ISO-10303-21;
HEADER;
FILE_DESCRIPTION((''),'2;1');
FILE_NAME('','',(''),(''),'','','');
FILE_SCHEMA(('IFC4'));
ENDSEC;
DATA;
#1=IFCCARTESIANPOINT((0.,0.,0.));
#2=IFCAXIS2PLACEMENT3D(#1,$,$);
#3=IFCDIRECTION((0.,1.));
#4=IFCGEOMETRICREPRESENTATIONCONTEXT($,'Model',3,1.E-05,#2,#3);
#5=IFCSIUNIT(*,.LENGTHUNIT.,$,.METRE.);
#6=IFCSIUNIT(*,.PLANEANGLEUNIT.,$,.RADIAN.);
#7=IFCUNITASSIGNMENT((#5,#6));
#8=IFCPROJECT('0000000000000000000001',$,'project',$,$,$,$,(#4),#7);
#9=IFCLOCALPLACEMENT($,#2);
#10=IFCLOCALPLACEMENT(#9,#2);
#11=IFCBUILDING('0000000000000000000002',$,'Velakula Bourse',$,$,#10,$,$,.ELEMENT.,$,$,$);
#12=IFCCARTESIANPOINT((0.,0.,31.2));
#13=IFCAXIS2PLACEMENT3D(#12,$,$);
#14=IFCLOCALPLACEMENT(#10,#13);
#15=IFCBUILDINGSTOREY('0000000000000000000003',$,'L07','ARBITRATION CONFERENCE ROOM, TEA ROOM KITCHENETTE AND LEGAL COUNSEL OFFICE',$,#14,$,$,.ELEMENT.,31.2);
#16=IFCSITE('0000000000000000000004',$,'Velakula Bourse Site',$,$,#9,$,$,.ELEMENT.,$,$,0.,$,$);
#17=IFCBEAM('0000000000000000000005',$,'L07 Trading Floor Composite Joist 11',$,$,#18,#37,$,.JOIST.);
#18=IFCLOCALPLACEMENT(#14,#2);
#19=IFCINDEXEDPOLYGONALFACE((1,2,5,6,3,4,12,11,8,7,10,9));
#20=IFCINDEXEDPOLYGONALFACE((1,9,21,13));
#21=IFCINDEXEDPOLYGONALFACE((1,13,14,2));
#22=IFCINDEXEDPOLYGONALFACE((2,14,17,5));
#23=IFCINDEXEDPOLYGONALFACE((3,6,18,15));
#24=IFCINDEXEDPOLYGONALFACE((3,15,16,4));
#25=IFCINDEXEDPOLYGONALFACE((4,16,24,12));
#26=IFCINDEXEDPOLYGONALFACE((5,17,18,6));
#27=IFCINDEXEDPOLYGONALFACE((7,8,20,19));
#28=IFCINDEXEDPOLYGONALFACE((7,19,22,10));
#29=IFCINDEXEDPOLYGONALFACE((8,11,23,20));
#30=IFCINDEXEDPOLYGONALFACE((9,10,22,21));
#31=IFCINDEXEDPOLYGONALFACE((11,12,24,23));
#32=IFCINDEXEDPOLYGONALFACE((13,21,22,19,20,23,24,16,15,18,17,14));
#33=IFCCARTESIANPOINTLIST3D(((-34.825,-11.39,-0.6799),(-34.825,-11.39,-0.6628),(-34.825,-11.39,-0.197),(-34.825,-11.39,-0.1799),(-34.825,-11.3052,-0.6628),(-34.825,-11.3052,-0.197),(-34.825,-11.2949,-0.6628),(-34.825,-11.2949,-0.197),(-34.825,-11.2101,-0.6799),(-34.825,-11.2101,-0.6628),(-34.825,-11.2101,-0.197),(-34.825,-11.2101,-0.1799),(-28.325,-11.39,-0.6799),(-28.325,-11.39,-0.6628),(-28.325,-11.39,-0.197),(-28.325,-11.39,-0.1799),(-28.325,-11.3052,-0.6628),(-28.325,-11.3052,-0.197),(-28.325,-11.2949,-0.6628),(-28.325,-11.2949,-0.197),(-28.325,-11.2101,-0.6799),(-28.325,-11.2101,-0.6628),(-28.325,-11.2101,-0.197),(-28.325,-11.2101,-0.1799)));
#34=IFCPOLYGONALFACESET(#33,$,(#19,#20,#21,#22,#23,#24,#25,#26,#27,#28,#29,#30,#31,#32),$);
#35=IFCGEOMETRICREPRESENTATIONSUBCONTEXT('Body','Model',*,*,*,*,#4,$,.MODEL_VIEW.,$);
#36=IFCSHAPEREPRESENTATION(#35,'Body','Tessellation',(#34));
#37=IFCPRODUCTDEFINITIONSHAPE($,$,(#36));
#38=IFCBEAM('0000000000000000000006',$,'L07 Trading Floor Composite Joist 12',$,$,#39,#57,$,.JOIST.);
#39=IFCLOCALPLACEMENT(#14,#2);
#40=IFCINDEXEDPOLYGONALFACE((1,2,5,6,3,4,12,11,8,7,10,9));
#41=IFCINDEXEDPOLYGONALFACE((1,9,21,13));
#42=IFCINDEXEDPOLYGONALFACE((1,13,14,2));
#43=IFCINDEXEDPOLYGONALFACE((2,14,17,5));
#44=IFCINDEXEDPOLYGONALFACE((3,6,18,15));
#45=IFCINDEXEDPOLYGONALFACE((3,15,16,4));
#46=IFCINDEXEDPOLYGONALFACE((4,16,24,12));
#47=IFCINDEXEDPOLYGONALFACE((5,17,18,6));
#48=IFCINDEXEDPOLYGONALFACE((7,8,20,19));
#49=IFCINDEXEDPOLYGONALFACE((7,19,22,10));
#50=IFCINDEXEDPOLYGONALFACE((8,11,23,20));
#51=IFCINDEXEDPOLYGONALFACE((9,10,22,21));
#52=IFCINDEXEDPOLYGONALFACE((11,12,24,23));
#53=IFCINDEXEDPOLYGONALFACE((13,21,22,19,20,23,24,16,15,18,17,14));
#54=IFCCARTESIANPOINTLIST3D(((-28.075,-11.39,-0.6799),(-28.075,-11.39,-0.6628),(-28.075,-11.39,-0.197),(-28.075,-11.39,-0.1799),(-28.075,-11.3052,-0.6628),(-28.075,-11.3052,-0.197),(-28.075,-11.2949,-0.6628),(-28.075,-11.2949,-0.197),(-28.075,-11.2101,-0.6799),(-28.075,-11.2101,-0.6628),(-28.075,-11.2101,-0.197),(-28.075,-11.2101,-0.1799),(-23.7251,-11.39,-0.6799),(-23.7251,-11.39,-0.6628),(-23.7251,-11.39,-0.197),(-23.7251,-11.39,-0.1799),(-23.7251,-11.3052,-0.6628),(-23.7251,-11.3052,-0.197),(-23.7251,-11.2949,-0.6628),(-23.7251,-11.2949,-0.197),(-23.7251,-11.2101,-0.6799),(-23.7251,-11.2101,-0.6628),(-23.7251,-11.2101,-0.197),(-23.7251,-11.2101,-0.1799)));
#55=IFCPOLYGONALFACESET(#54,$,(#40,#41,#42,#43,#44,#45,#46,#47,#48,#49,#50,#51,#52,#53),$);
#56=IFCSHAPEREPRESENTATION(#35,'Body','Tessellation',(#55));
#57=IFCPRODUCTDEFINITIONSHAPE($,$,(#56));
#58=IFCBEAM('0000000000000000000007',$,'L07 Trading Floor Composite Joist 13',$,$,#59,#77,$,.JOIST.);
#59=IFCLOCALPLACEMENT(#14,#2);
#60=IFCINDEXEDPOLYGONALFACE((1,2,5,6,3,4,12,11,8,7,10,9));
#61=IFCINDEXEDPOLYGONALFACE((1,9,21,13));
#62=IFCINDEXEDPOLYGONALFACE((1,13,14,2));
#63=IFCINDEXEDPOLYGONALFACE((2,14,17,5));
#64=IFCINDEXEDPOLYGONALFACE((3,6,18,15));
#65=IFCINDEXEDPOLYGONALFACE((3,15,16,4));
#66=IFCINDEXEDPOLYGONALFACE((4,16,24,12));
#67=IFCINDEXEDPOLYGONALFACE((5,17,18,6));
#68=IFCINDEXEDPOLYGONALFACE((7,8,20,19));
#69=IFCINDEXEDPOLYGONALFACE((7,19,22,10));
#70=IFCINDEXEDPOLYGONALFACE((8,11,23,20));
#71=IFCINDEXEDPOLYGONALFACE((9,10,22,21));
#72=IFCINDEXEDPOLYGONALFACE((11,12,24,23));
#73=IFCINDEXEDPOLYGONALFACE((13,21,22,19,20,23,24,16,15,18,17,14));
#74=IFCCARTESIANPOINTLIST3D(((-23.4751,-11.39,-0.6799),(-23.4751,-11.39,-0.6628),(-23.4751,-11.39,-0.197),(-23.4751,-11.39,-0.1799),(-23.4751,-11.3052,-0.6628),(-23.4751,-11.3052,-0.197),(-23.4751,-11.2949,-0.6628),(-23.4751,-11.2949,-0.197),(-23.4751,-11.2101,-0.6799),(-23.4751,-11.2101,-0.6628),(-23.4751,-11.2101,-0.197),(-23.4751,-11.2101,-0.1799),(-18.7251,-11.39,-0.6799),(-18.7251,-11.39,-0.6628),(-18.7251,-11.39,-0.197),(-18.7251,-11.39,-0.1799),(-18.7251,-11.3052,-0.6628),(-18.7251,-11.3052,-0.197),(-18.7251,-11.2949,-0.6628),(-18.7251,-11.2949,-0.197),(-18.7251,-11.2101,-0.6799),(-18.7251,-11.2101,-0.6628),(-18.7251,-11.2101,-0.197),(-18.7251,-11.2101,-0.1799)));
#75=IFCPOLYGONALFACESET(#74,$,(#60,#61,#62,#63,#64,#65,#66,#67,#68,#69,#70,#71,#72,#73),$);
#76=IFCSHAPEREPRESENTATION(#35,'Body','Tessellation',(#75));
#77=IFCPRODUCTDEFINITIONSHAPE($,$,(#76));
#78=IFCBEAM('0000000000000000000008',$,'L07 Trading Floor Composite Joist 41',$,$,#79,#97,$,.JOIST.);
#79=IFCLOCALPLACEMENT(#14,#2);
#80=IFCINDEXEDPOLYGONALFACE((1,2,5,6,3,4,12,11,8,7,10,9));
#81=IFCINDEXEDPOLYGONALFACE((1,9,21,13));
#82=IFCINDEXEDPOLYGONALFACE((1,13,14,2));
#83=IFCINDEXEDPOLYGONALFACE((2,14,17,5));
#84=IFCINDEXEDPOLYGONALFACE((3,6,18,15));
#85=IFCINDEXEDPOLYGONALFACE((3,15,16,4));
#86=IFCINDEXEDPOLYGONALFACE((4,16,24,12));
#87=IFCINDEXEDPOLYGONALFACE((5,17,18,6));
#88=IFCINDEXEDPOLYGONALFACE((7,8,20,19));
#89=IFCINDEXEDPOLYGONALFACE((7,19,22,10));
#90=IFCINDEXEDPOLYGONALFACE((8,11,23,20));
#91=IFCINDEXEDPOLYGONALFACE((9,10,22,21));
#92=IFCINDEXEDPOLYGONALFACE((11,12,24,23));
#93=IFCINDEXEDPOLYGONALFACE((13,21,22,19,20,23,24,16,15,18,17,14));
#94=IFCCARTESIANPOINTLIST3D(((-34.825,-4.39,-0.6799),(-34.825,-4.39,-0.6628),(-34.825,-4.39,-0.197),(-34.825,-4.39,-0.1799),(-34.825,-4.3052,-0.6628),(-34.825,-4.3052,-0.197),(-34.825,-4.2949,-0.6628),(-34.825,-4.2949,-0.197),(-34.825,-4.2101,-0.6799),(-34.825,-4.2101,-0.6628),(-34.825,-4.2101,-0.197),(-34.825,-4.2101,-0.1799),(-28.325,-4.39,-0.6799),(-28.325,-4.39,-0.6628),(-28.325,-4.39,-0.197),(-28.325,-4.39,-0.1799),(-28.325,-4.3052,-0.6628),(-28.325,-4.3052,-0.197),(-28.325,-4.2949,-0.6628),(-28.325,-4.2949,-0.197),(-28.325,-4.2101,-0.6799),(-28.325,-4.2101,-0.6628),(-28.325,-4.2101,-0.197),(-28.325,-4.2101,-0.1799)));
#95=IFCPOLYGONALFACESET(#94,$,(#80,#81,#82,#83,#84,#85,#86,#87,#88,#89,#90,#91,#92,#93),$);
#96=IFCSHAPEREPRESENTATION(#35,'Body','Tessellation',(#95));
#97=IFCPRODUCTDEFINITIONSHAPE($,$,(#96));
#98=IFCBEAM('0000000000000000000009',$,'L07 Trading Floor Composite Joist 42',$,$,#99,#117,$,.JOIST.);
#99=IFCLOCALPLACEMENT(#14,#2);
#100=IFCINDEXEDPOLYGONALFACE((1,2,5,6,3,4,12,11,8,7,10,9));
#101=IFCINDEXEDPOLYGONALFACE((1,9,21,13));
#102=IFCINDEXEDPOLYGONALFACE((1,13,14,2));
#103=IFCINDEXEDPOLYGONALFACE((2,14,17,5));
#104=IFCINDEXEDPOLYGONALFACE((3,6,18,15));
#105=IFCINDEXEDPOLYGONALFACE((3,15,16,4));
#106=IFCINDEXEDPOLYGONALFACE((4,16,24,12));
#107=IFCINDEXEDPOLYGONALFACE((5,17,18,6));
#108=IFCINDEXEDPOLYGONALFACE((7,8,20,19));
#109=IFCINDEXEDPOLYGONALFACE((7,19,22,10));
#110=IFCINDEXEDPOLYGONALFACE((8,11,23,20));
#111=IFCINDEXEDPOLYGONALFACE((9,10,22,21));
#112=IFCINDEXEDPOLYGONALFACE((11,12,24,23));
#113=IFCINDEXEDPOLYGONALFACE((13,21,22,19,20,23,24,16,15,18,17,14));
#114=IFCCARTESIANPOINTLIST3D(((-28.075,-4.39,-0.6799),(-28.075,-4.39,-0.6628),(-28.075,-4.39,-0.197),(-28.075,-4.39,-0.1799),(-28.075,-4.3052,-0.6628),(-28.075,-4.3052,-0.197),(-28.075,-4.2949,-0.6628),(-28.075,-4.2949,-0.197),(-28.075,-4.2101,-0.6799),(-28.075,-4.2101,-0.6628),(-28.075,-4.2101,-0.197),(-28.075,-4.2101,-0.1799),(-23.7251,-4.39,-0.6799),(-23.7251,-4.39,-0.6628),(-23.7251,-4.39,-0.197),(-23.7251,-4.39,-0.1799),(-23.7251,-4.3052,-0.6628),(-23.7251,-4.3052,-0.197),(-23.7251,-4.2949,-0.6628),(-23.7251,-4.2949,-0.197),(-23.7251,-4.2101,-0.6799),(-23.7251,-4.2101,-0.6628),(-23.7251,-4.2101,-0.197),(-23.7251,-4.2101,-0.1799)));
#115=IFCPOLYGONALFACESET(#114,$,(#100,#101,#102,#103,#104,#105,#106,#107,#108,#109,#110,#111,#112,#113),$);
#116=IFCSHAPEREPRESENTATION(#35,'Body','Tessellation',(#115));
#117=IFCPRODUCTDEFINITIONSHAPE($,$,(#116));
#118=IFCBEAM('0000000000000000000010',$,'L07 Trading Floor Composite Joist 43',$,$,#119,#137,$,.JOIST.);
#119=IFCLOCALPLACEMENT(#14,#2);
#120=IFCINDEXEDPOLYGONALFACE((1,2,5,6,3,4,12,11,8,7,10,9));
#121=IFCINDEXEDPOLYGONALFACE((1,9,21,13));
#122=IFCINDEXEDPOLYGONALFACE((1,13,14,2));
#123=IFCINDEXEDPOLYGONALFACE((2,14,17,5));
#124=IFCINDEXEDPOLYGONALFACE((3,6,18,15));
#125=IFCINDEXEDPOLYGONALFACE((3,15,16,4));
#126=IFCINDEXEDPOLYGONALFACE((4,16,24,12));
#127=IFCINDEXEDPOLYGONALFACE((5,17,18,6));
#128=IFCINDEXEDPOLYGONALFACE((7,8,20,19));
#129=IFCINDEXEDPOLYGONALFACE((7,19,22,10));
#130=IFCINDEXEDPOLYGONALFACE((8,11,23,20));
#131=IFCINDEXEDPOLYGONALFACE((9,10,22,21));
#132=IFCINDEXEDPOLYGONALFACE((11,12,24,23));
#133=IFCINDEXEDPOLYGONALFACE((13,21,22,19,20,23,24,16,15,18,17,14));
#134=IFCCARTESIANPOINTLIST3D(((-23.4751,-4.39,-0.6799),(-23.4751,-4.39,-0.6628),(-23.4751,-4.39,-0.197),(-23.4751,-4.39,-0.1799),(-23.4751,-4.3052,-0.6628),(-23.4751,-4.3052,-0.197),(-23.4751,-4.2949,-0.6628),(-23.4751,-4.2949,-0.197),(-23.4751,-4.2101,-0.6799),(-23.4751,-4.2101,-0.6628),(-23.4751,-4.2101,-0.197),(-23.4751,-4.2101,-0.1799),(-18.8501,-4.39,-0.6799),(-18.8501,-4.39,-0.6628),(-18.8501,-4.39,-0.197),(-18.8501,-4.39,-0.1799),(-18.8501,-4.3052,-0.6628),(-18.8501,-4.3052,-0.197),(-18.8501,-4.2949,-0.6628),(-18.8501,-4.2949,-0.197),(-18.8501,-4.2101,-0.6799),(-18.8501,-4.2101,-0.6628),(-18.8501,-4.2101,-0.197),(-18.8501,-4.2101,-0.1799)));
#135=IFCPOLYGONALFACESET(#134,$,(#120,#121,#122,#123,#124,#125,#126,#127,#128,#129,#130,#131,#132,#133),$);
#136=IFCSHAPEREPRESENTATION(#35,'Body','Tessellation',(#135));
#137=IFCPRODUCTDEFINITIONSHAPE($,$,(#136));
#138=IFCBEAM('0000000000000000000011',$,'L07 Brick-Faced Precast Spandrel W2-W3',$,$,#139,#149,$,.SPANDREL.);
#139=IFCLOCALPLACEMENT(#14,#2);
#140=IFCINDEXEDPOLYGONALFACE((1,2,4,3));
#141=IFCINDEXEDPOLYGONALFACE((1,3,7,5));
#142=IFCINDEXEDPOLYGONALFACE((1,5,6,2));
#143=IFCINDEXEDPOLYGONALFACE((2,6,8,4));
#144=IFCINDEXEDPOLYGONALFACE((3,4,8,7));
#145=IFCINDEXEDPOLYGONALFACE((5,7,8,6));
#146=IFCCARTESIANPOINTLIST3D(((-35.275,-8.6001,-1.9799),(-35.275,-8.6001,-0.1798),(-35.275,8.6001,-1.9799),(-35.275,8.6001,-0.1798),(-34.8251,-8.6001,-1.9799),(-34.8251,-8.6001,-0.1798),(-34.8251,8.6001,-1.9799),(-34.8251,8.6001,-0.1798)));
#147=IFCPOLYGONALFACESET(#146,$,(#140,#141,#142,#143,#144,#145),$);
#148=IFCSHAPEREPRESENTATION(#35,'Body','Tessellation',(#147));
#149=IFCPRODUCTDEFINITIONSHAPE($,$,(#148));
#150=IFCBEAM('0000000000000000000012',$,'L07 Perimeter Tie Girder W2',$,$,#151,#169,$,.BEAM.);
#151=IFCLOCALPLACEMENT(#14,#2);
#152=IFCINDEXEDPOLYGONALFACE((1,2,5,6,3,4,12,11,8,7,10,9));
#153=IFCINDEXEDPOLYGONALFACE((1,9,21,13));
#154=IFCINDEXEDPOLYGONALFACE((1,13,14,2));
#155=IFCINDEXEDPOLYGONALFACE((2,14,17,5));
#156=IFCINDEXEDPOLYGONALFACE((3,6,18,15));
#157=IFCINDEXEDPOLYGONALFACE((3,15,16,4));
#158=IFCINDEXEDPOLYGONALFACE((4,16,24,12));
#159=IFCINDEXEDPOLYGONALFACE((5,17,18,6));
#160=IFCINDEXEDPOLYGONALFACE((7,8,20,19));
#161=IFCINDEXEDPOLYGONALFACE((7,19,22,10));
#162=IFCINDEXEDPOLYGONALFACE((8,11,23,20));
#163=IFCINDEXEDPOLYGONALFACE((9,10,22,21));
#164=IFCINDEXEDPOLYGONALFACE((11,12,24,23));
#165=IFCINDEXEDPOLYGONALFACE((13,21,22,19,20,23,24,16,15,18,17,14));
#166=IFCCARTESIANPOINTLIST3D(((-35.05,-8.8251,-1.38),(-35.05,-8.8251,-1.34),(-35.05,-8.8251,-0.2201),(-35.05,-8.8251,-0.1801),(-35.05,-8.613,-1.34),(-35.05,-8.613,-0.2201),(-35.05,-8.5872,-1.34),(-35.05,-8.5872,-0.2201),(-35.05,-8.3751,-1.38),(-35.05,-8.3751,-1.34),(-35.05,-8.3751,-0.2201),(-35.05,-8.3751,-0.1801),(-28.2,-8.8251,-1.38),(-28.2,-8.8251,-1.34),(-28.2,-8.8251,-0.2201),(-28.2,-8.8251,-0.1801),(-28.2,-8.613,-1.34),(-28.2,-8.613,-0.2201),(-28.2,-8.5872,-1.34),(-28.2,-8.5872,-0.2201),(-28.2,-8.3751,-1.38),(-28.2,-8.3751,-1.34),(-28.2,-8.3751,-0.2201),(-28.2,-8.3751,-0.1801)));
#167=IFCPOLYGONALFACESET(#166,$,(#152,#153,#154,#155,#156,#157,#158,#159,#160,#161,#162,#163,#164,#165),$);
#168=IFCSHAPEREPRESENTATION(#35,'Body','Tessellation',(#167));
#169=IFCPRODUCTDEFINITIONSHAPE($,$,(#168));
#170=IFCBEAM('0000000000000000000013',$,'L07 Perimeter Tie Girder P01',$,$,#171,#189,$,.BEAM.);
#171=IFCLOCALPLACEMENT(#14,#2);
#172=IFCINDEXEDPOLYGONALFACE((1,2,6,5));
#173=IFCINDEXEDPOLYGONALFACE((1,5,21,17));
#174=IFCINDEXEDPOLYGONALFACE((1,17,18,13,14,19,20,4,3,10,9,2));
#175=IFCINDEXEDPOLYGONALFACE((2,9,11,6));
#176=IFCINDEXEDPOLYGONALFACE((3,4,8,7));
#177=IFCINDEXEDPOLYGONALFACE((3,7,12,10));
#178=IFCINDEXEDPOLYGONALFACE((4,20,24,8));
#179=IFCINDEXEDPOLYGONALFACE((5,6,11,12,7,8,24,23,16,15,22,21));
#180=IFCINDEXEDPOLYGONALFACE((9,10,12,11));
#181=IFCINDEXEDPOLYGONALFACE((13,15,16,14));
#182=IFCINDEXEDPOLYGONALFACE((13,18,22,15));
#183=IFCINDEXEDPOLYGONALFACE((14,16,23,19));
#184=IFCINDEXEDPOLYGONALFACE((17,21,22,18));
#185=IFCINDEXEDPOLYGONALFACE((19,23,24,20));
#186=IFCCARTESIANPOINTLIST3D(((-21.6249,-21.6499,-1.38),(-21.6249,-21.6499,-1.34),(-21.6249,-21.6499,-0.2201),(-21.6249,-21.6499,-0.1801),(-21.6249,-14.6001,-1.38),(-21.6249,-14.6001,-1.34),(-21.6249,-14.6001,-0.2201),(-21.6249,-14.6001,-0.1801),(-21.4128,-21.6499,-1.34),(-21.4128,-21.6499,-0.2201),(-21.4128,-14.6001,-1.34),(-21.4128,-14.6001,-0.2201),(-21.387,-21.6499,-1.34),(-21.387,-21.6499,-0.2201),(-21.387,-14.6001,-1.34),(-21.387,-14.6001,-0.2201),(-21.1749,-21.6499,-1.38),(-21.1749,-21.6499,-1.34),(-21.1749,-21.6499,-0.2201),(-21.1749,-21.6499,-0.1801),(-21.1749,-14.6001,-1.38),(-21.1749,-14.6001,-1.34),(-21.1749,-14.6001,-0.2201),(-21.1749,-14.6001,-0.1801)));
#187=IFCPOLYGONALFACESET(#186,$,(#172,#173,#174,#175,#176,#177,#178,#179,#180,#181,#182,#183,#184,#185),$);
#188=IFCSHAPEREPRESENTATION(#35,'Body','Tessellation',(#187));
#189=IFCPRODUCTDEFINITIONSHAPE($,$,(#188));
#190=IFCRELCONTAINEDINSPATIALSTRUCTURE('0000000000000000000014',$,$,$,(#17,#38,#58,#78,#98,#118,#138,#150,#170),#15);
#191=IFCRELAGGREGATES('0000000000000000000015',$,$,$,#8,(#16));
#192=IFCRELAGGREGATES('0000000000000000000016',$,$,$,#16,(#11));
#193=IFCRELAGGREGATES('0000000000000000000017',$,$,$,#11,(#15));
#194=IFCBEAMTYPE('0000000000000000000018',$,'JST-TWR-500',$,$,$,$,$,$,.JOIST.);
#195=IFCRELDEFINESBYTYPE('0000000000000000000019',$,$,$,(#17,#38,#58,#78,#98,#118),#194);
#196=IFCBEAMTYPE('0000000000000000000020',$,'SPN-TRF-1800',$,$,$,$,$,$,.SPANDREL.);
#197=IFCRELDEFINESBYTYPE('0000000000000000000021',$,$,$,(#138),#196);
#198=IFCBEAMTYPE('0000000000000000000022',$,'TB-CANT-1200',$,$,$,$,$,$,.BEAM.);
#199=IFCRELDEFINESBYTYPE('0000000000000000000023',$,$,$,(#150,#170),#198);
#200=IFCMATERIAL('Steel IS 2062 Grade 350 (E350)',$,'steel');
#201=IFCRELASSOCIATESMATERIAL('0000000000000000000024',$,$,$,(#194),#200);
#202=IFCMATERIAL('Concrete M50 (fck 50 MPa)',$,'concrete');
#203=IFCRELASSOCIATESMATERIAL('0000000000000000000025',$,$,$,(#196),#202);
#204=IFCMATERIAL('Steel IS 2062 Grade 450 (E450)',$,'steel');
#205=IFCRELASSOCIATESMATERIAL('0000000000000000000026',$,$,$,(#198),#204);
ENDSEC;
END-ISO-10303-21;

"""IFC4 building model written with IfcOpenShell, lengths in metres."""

from ifc_helpers import new_model, si_unit, direction, frame, origin, origin_2d, place, context, subcontext, project, spatial, rectangle, i_section, extrude, material, material_profile, profile_set, type_object, element, save


model = new_model("IFC4")

# Units and contexts
model_context = context("Model", 3, precision=1e-05, world=origin(), true_north=direction((0.0, 1.0)))
body_context = subcontext(model_context, "Body", "Model", "MODEL_VIEW")
ifc_project = project(units=[si_unit("LENGTHUNIT", "METRE"), si_unit("PLANEANGLEUNIT", "RADIAN")], contexts=[model_context])

# Site, building, storey
site_placement = place(None, origin())
site = spatial("IfcSite", under=ifc_project, at=site_placement, Name="Velakula Bourse Site", CompositionType="ELEMENT", RefElevation=0.0)
building_placement = place(site_placement, origin())
building = spatial("IfcBuilding", under=site, at=building_placement, Name="Velakula Bourse", CompositionType="ELEMENT")
storey_placement = place(building_placement, frame((0.0, 0.0, 31.2)))
storey = spatial("IfcBuildingStorey", under=building, at=storey_placement, Name="L07", Description="ARBITRATION CONFERENCE ROOM, TEA ROOM KITCHENETTE AND LEGAL COUNSEL OFFICE", CompositionType="ELEMENT", Elevation=31.2)

# Shared definitions
ifc_material_1 = material(Name="Steel IS 2062 Grade 450 (E450)", Category="steel")

# Beams
ifc_material_2 = material(Name="Steel IS 2062 Grade 350 (E350)", Category="steel")
ifc_material_profile_1 = material_profile(ifc_material_2, i_section(OverallWidth=0.1799, OverallDepth=0.5, WebThickness=0.0103, FlangeThickness=0.0171, at=origin_2d()), Name="Steel IS 2062 Grade 350 (E350)")
ifc_profile_set_1 = profile_set([ifc_material_profile_1], Name="Steel IS 2062 Grade 350 (E350)")
beam_type_1 = type_object("IfcBeamType", Name="JST-TWR-500", PredefinedType="JOIST", material=ifc_profile_set_1)
beam_1_placement = place(storey_placement, frame((-34.825, -11.3, -0.4299), z_axis=(1.0, 0.0, 0.0), x_axis=(0.0, 1.0, 0.0)))
element("IfcBeam", 1, at=beam_1_placement, inside=storey, type_object=beam_type_1, Name="L07 Trading Floor Composite Joist 11", PredefinedType="JOIST", context=body_context, shape_type="SweptSolid", body=[
    extrude(i_section(OverallWidth=0.1799, OverallDepth=0.5, WebThickness=0.0103, FlangeThickness=0.0171, at=origin_2d()), origin(), (0.0, 0.0, 1.0), 6.5),
])
beam_2_placement = place(storey_placement, frame((-28.075, -11.3, -0.4299), z_axis=(1.0, 0.0, 0.0), x_axis=(0.0, 1.0, 0.0)))
element("IfcBeam", 2, at=beam_2_placement, inside=storey, type_object=beam_type_1, Name="L07 Trading Floor Composite Joist 12", PredefinedType="JOIST", context=body_context, shape_type="SweptSolid", body=[
    extrude(i_section(OverallWidth=0.1799, OverallDepth=0.5, WebThickness=0.0103, FlangeThickness=0.0171, at=origin_2d()), origin(), (0.0, 0.0, 1.0), 4.3499),
])
beam_3_placement = place(storey_placement, frame((-23.4751, -11.3, -0.4299), z_axis=(1.0, 0.0, 0.0), x_axis=(0.0, 1.0, 0.0)))
element("IfcBeam", 3, at=beam_3_placement, inside=storey, type_object=beam_type_1, Name="L07 Trading Floor Composite Joist 13", PredefinedType="JOIST", context=body_context, shape_type="SweptSolid", body=[
    extrude(i_section(OverallWidth=0.1799, OverallDepth=0.5, WebThickness=0.0103, FlangeThickness=0.0171, at=origin_2d()), origin(), (0.0, 0.0, 1.0), 4.75),
])
beam_4_placement = place(storey_placement, frame((-34.825, -4.3, -0.4299), z_axis=(1.0, 0.0, 0.0), x_axis=(0.0, 1.0, 0.0)))
element("IfcBeam", 4, at=beam_4_placement, inside=storey, type_object=beam_type_1, Name="L07 Trading Floor Composite Joist 41", PredefinedType="JOIST", context=body_context, shape_type="SweptSolid", body=[
    extrude(i_section(OverallWidth=0.1799, OverallDepth=0.5, WebThickness=0.0103, FlangeThickness=0.0171, at=origin_2d()), origin(), (0.0, 0.0, 1.0), 6.5),
])
beam_5_placement = place(storey_placement, frame((-28.075, -4.3, -0.4299), z_axis=(1.0, 0.0, 0.0), x_axis=(0.0, 1.0, 0.0)))
element("IfcBeam", 5, at=beam_5_placement, inside=storey, type_object=beam_type_1, Name="L07 Trading Floor Composite Joist 42", PredefinedType="JOIST", context=body_context, shape_type="SweptSolid", body=[
    extrude(i_section(OverallWidth=0.1799, OverallDepth=0.5, WebThickness=0.0103, FlangeThickness=0.0171, at=origin_2d()), origin(), (0.0, 0.0, 1.0), 4.3499),
])
beam_6_placement = place(storey_placement, frame((-23.4751, -4.3, -0.4299), z_axis=(1.0, 0.0, 0.0), x_axis=(0.0, 1.0, 0.0)))
element("IfcBeam", 6, at=beam_6_placement, inside=storey, type_object=beam_type_1, Name="L07 Trading Floor Composite Joist 43", PredefinedType="JOIST", context=body_context, shape_type="SweptSolid", body=[
    extrude(i_section(OverallWidth=0.1799, OverallDepth=0.5, WebThickness=0.0103, FlangeThickness=0.0171, at=origin_2d()), origin(), (0.0, 0.0, 1.0), 4.625),
])
ifc_material_3 = material(Name="Concrete M50 (fck 50 MPa)", Category="concrete")
ifc_material_profile_2 = material_profile(ifc_material_3, rectangle(XDim=0.45, YDim=1.8, at=origin_2d()), Name="Concrete M50 (fck 50 MPa)")
ifc_profile_set_2 = profile_set([ifc_material_profile_2], Name="Concrete M50 (fck 50 MPa)")
beam_type_2 = type_object("IfcBeamType", Name="SPN-TRF-1800", PredefinedType="SPANDREL", material=ifc_profile_set_2)
beam_7_placement = place(storey_placement, frame((-35.05, -8.6001, -1.0798), z_axis=(0.0, 1.0, 0.0), x_axis=(-1.0, 0.0, 0.0)))
element("IfcBeam", 7, at=beam_7_placement, inside=storey, type_object=beam_type_2, Name="L07 Brick-Faced Precast Spandrel W2-W3", PredefinedType="SPANDREL", context=body_context, shape_type="SweptSolid", body=[
    extrude(rectangle(XDim=0.45, YDim=1.8, at=origin_2d()), origin(), (0.0, 0.0, 1.0), 17.2002),
])
ifc_material_profile_3 = material_profile(ifc_material_1, i_section(OverallWidth=0.45, OverallDepth=1.2, WebThickness=0.0259, FlangeThickness=0.04, at=origin_2d()), Name="Steel IS 2062 Grade 450 (E450)")
ifc_profile_set_3 = profile_set([ifc_material_profile_3], Name="Steel IS 2062 Grade 450 (E450)")
beam_type_3 = type_object("IfcBeamType", Name="TB-CANT-1200", PredefinedType="BEAM", material=ifc_profile_set_3)
beam_8_placement = place(storey_placement, frame((-28.2, -8.6001, -0.78), z_axis=(-1.0, 0.0, 0.0), x_axis=(0.0, -1.0, 0.0)))
element("IfcBeam", 8, at=beam_8_placement, inside=storey, type_object=beam_type_3, Name="L07 Perimeter Tie Girder W2", PredefinedType="BEAM", context=body_context, shape_type="SweptSolid", body=[
    extrude(i_section(OverallWidth=0.45, OverallDepth=1.2, WebThickness=0.0259, FlangeThickness=0.04, at=origin_2d()), origin(), (0.0, 0.0, 1.0), 6.8501),
])
for number, where, z_axis, x_axis, name in (
    (9, (-21.3999, -14.6001, -0.78), (0.0, -1.0, 0.0), (1.0, 0.0, 0.0), "L07 Perimeter Tie Girder P01"),
):
    element("IfcBeam", number, at=place(storey_placement, frame(where, z_axis=z_axis, x_axis=x_axis)), inside=storey, type_object=beam_type_3, Name=name, PredefinedType="BEAM", context=body_context, shape_type="SweptSolid", body=[
        extrude(i_section(OverallWidth=0.45, OverallDepth=1.2, WebThickness=0.0259, FlangeThickness=0.04, at=origin_2d()), origin(), (0.0, 0.0, 1.0), 7.0498),
    ])

save(model, "model.ifc")
